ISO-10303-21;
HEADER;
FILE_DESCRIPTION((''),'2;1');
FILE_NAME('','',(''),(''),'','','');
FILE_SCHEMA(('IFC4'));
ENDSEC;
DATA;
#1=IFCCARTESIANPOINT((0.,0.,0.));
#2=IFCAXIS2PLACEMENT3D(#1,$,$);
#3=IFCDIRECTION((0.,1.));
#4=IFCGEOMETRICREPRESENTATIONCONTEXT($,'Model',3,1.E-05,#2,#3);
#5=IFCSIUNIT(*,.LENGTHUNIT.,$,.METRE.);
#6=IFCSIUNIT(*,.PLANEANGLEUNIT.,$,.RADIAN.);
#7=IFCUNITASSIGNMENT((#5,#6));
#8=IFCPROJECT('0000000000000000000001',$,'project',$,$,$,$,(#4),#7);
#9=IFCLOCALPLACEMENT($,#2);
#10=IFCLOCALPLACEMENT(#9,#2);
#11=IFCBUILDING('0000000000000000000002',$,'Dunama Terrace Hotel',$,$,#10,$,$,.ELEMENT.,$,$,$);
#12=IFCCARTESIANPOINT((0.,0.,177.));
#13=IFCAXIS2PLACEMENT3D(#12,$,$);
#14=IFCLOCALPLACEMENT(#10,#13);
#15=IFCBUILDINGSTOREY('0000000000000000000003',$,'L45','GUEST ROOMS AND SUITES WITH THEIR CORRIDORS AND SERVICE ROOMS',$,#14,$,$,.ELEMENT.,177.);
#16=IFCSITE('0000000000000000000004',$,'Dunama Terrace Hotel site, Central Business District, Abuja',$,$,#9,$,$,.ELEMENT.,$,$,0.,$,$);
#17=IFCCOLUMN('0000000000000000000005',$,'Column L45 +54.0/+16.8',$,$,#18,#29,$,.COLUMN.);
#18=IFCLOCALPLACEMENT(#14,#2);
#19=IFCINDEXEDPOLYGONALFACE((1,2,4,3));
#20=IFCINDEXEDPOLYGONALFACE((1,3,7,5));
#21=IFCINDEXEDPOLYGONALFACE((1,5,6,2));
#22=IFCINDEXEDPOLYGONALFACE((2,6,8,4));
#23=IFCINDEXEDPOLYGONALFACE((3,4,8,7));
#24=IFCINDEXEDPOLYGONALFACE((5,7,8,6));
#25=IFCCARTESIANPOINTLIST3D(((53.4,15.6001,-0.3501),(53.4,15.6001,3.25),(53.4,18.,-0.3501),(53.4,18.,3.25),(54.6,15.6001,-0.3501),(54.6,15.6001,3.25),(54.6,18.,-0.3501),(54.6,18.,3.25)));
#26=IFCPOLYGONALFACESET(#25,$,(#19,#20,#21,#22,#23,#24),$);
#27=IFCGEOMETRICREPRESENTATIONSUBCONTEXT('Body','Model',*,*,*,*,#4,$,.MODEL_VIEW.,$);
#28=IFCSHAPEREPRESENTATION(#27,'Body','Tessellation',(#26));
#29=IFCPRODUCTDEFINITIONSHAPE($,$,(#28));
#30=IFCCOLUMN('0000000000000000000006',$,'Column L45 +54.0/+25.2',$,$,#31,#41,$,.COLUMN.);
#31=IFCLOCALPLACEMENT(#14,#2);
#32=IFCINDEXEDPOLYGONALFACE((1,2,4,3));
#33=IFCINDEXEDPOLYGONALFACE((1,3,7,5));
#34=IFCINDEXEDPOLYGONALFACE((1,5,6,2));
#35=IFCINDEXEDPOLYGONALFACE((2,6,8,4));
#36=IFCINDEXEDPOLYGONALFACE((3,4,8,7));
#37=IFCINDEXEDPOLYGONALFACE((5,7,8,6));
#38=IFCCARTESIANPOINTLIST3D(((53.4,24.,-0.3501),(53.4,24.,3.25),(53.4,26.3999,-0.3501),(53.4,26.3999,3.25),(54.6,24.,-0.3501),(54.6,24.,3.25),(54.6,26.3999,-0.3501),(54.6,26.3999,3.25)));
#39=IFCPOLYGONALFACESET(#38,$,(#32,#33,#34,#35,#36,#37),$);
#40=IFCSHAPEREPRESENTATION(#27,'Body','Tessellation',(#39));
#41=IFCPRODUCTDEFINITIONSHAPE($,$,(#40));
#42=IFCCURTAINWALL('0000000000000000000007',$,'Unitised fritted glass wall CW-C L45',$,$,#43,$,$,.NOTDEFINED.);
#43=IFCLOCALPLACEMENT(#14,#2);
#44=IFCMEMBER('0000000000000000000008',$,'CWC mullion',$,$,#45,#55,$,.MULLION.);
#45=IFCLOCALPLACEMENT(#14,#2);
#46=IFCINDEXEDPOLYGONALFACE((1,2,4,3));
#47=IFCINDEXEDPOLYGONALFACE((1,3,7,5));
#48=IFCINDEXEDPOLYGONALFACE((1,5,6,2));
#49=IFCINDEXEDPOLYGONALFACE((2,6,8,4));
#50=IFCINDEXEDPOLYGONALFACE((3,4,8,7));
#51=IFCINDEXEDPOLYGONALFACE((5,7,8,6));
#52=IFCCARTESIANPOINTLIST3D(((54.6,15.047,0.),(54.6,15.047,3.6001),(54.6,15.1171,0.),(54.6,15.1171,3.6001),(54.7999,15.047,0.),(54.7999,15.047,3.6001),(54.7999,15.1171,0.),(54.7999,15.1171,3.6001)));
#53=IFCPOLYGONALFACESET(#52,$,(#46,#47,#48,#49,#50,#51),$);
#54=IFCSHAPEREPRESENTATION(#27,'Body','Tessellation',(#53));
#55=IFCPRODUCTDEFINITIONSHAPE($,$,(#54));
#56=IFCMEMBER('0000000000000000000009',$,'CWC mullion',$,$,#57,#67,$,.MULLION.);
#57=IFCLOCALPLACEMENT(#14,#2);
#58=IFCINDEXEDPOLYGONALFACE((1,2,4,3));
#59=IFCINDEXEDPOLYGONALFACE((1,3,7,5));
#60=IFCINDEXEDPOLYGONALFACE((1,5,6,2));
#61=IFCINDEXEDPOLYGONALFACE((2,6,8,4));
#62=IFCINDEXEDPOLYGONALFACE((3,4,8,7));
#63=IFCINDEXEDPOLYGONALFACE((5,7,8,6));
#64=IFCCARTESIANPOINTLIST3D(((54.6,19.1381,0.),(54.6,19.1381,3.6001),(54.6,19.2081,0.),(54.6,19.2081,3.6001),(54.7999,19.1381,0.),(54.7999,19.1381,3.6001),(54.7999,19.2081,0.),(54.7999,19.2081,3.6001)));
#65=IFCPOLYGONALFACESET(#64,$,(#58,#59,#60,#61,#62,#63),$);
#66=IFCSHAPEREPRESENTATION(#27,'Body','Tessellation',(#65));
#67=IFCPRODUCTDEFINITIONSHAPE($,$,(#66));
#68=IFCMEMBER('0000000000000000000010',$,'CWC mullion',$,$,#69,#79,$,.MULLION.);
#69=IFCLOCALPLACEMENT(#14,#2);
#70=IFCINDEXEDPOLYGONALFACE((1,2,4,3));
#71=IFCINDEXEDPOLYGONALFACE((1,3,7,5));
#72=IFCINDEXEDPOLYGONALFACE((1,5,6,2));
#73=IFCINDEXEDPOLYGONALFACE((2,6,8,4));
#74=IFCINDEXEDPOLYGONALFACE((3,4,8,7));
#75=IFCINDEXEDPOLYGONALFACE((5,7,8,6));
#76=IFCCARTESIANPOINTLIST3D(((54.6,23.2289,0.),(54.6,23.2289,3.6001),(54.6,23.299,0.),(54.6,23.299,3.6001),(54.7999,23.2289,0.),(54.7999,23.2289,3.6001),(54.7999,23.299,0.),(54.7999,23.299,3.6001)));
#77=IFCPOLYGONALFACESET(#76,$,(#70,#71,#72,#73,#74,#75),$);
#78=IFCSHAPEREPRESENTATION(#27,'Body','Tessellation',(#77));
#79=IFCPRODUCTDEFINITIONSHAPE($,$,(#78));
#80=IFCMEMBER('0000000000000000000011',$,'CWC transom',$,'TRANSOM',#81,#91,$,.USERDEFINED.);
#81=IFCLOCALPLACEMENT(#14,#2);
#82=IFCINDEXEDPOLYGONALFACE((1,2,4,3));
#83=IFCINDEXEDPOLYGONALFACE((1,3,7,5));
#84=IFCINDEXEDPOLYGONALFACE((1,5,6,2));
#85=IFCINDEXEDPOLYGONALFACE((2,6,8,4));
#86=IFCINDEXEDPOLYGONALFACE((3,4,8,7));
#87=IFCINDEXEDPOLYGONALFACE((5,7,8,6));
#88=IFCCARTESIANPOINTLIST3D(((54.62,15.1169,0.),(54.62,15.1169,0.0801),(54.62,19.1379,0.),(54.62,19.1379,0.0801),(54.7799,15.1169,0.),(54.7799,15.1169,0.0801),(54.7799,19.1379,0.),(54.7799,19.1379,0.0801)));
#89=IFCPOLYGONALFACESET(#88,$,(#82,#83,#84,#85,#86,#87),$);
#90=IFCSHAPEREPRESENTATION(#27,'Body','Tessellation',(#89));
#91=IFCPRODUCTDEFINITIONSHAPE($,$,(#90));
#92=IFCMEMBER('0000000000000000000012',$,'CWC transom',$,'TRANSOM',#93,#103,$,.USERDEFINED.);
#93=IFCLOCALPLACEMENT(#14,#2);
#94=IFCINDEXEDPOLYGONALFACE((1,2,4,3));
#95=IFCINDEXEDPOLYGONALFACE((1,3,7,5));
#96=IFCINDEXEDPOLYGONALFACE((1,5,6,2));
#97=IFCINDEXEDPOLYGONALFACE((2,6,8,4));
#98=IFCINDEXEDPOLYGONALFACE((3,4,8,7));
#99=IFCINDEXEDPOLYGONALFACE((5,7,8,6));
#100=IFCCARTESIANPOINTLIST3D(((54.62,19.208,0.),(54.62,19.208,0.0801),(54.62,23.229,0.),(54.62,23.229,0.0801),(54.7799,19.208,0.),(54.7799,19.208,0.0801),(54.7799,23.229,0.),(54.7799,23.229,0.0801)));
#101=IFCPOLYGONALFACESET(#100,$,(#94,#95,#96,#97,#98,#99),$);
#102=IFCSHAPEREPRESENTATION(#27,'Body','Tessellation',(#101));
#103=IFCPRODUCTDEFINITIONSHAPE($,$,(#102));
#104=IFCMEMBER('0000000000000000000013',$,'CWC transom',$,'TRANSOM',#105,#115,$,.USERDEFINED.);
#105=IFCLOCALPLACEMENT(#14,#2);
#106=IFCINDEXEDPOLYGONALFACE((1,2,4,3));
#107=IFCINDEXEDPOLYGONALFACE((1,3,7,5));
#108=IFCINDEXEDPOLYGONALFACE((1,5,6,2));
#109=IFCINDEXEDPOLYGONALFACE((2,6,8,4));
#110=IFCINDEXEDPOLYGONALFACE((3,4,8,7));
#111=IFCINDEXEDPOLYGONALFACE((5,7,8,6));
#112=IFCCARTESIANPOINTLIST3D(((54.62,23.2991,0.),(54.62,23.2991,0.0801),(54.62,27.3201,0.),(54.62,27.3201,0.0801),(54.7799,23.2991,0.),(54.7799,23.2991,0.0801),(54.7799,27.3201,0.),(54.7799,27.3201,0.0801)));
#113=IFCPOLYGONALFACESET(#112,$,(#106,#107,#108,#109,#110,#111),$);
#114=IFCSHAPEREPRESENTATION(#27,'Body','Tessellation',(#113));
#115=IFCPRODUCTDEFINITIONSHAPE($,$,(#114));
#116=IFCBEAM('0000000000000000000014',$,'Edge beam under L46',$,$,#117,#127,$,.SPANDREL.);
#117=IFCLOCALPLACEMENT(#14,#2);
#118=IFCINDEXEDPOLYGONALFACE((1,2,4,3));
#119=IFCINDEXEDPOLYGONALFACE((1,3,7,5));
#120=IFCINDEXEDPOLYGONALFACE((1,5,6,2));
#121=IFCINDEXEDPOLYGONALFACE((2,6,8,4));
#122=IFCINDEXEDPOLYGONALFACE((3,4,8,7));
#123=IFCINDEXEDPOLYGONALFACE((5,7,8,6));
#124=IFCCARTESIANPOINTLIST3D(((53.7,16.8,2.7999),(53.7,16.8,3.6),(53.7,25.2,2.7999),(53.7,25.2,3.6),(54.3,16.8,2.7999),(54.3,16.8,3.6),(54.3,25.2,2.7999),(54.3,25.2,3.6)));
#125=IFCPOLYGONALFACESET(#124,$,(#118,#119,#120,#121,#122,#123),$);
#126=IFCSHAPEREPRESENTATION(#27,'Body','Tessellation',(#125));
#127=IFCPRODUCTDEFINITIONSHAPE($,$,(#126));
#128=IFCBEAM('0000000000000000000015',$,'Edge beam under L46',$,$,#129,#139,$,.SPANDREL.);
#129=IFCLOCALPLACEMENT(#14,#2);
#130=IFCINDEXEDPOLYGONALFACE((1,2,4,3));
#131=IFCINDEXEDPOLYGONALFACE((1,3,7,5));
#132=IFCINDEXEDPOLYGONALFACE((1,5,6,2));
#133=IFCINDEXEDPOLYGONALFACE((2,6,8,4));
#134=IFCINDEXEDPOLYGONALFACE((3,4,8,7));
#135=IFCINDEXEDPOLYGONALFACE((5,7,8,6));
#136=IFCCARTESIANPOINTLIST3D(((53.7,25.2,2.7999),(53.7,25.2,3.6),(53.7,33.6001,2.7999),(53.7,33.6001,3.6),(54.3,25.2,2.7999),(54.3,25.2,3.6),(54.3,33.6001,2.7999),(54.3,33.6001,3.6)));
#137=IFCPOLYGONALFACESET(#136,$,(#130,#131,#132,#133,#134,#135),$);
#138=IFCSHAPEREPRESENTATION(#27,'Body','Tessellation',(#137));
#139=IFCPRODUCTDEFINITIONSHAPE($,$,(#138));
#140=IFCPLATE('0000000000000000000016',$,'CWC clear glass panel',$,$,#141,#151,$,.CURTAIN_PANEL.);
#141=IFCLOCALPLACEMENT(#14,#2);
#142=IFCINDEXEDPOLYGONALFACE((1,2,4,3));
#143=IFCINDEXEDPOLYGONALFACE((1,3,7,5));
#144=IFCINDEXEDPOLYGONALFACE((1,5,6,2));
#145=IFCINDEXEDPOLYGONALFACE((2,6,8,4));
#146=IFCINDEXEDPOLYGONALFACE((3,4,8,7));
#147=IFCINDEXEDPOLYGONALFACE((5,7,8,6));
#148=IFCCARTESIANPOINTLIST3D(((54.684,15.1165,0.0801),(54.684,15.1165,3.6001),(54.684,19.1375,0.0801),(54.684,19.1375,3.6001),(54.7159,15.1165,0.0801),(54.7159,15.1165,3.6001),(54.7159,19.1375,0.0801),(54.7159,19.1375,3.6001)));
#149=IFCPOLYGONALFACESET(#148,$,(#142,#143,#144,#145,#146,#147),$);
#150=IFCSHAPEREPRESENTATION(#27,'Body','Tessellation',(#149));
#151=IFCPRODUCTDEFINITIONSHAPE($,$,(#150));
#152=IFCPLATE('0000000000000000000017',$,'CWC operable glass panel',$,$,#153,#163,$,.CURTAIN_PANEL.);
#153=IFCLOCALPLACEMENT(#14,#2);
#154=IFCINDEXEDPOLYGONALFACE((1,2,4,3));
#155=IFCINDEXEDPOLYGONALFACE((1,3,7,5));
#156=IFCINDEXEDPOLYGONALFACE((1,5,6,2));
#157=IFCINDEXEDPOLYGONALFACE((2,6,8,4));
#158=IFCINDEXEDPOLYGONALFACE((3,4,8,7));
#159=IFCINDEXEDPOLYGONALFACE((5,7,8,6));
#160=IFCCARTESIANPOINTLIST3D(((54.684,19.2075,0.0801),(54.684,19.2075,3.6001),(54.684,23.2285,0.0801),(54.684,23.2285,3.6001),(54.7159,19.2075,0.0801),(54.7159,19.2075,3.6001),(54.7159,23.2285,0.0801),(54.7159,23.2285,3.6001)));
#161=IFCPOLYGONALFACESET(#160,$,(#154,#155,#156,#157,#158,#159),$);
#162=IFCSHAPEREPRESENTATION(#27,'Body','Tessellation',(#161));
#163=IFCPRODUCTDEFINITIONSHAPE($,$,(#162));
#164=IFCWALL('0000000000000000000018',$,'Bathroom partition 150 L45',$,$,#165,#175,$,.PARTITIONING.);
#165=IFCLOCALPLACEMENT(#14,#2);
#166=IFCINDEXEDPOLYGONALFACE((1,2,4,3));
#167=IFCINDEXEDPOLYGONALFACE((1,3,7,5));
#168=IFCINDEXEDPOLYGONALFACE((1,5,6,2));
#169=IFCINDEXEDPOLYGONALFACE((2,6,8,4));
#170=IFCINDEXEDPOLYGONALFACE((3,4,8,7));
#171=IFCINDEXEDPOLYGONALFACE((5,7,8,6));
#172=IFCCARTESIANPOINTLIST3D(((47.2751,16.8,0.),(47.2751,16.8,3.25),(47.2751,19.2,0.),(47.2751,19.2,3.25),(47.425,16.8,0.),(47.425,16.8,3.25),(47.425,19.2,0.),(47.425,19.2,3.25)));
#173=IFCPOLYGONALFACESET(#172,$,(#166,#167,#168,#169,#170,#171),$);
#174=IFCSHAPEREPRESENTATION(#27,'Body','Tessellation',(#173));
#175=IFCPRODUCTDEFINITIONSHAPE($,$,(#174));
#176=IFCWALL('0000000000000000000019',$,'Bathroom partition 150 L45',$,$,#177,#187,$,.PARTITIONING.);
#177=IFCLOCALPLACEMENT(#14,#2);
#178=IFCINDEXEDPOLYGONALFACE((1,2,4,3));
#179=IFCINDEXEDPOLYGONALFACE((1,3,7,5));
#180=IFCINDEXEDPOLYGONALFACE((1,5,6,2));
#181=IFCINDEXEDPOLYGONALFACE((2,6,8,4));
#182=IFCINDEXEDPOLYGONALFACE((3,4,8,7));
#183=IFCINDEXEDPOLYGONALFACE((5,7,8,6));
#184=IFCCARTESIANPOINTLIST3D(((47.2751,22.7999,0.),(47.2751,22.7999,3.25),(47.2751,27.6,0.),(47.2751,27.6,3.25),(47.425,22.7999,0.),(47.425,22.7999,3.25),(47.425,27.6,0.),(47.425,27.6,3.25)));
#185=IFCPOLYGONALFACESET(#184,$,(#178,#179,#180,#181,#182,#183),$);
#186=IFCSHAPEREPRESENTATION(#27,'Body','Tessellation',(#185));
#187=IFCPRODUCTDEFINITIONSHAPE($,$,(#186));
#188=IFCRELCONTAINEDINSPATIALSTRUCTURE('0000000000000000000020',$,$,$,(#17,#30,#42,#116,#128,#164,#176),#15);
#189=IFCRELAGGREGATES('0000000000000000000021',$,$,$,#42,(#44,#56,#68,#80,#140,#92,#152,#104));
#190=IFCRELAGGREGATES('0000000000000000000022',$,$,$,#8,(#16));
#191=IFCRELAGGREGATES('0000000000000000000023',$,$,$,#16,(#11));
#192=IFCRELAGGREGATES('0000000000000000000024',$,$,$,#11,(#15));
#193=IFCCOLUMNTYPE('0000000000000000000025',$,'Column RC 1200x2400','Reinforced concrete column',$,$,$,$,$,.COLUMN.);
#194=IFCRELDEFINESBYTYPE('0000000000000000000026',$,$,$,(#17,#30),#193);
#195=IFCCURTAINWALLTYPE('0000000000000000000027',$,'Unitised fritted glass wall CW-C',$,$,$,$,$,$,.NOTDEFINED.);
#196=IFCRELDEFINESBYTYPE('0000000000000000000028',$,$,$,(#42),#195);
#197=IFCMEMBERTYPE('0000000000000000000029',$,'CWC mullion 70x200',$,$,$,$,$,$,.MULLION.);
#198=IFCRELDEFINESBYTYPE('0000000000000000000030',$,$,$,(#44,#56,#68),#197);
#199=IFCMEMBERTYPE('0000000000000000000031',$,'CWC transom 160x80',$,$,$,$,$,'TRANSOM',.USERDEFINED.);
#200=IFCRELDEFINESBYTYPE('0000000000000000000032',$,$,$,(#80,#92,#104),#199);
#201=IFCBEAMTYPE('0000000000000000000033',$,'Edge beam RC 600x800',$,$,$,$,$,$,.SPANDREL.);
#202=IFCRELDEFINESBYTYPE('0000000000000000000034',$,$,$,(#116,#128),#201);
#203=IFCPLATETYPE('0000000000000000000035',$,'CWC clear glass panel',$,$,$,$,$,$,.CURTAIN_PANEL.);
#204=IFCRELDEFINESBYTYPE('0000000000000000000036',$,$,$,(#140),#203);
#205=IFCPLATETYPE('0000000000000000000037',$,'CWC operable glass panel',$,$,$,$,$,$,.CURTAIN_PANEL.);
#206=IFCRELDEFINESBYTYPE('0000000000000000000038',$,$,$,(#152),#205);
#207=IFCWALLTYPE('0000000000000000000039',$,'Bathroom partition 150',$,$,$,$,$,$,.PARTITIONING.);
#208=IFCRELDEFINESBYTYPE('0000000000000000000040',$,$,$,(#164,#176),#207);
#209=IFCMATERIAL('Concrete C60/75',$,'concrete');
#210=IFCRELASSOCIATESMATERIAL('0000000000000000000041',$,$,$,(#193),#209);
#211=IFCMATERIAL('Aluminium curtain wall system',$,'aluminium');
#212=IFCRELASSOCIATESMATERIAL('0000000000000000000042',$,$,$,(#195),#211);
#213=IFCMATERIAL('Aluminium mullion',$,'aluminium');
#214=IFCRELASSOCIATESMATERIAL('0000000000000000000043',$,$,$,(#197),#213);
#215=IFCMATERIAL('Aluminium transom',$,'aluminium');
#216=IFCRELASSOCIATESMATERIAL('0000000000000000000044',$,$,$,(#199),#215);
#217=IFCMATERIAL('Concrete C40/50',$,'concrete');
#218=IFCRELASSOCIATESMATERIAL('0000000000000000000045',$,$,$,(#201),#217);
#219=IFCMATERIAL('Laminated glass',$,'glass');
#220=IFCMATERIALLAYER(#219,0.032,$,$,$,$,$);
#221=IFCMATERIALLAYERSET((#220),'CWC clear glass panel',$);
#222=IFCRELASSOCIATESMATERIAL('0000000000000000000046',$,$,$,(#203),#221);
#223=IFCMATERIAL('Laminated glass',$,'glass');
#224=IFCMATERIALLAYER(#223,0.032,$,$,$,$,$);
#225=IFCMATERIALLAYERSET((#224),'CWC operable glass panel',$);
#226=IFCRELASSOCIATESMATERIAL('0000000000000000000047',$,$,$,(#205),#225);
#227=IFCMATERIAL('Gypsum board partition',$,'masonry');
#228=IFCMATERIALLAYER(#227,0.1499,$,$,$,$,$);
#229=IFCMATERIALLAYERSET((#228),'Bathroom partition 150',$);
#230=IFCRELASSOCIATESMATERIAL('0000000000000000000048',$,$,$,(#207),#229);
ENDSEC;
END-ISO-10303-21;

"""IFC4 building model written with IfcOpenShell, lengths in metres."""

from ifc_helpers import new_model, si_unit, direction, frame, frame_2d, origin, origin_2d, place, context, subcontext, project, spatial, rectangle, extrude, material, layer, layer_set, material_profile, profile_set, type_object, element, aggregate, save


model = new_model("IFC4")

# Units and contexts
model_context = context("Model", 3, precision=1e-05, world=origin(), true_north=direction((0.0, 1.0)))
body_context = subcontext(model_context, "Body", "Model", "MODEL_VIEW")
ifc_project = project(units=[si_unit("LENGTHUNIT", "METRE"), si_unit("PLANEANGLEUNIT", "RADIAN")], contexts=[model_context])

# Site, building, storey
site_placement = place(None, origin())
site = spatial("IfcSite", under=ifc_project, at=site_placement, Name="Dunama Terrace Hotel site, Central Business District, Abuja", CompositionType="ELEMENT", RefElevation=0.0)
building_placement = place(site_placement, origin())
building = spatial("IfcBuilding", under=site, at=building_placement, Name="Dunama Terrace Hotel", CompositionType="ELEMENT")
storey_placement = place(building_placement, frame((0.0, 0.0, 177.0)))
storey = spatial("IfcBuildingStorey", under=building, at=storey_placement, Name="L45", Description="GUEST ROOMS AND SUITES WITH THEIR CORRIDORS AND SERVICE ROOMS", CompositionType="ELEMENT", Elevation=177.0)

# Columns
ifc_material_1 = material(Name="Concrete C60/75", Category="concrete")
ifc_material_profile_1 = material_profile(ifc_material_1, rectangle(XDim=1.2, YDim=2.3999, at=origin_2d()), Name="RC 1200x2400")
ifc_profile_set_1 = profile_set([ifc_material_profile_1], Name="Concrete C60/75")
column_type = type_object("IfcColumnType", Name="Column RC 1200x2400", Description="Reinforced concrete column", PredefinedType="COLUMN", material=ifc_profile_set_1)
for number, where, z_axis, x_axis, name in (
    (1, (54.0, 16.8, -0.3501), (0.0, 0.0, 1.0), (1.0, 0.0, 0.0), "Column L45 +54.0/+16.8"),
    (2, (54.0, 25.2, -0.3501), (0.0, 0.0, 1.0), (1.0, 0.0, 0.0), "Column L45 +54.0/+25.2"),
):
    element("IfcColumn", number, at=place(storey_placement, frame(where, z_axis=z_axis, x_axis=x_axis)), inside=storey, type_object=column_type, Name=name, PredefinedType="COLUMN", context=body_context, shape_type="SweptSolid", body=[
        extrude(rectangle(XDim=1.2, YDim=2.3999, at=origin_2d()), origin(), (0.0, 0.0, 1.0), 3.6001),
    ])

# Curtain wall, members
ifc_material_2 = material(Name="Aluminium curtain wall system", Category="aluminium")
curtain_wall_type = type_object("IfcCurtainWallType", Name="Unitised fritted glass wall CW-C", PredefinedType="NOTDEFINED", material=ifc_material_2)
curtain_wall_placement = place(storey_placement, origin())
curtain_wall = element("IfcCurtainWall", 3, at=curtain_wall_placement, inside=storey, type_object=curtain_wall_type, Name="Unitised fritted glass wall CW-C L45", PredefinedType="NOTDEFINED")
ifc_material_3 = material(Name="Aluminium mullion", Category="aluminium")
ifc_material_profile_2 = material_profile(ifc_material_3, rectangle(XDim=0.0701, YDim=0.2, at=origin_2d()), Name="CWC MULLION 70X200")
ifc_profile_set_2 = profile_set([ifc_material_profile_2], Name="Aluminium mullion")
member_type_1 = type_object("IfcMemberType", Name="CWC mullion 70x200", PredefinedType="MULLION", material=ifc_profile_set_2)
member_1_placement = place(storey_placement, frame((54.7, 15.082, 0.0), z_axis=(0.0, 0.0, 1.0), x_axis=(0.0, 1.0, 0.0)))
member_1 = element("IfcMember", 4, at=member_1_placement, type_object=member_type_1, Name="CWC mullion", PredefinedType="MULLION", context=body_context, shape_type="SweptSolid", body=[
    extrude(rectangle(XDim=0.0701, YDim=0.2, at=origin_2d()), origin(), (0.0, 0.0, 1.0), 3.6001),
])
member_2_placement = place(storey_placement, frame((54.7, 19.1731, 0.0), z_axis=(0.0, 0.0, 1.0), x_axis=(0.0, 1.0, 0.0)))
member_2 = element("IfcMember", 5, at=member_2_placement, type_object=member_type_1, Name="CWC mullion", PredefinedType="MULLION", context=body_context, shape_type="SweptSolid", body=[
    extrude(rectangle(XDim=0.0701, YDim=0.2, at=origin_2d()), origin(), (0.0, 0.0, 1.0), 3.6001),
])
member_3_placement = place(storey_placement, frame((54.7, 23.2639, 0.0), z_axis=(0.0, 0.0, 1.0), x_axis=(0.0, 1.0, 0.0)))
member_3 = element("IfcMember", 6, at=member_3_placement, type_object=member_type_1, Name="CWC mullion", PredefinedType="MULLION", context=body_context, shape_type="SweptSolid", body=[
    extrude(rectangle(XDim=0.0701, YDim=0.2, at=origin_2d()), origin(), (0.0, 0.0, 1.0), 3.6001),
])
ifc_material_4 = material(Name="Aluminium transom", Category="aluminium")
ifc_material_profile_3 = material_profile(ifc_material_4, rectangle(XDim=0.1599, YDim=0.0801, at=origin_2d()), Name="CWC TRANSOM 160X80")
ifc_profile_set_3 = profile_set([ifc_material_profile_3], Name="Aluminium transom")
member_type_2 = type_object("IfcMemberType", Name="CWC transom 160x80", ElementType="TRANSOM", PredefinedType="USERDEFINED", material=ifc_profile_set_3)
member_4_placement = place(storey_placement, frame((54.7, 15.1169, 0.04), z_axis=(0.0, 1.0, 0.0), x_axis=(-1.0, 0.0, 0.0)))
member_4 = element("IfcMember", 7, at=member_4_placement, type_object=member_type_2, Name="CWC transom", ObjectType="TRANSOM", PredefinedType="USERDEFINED", context=body_context, shape_type="SweptSolid", body=[
    extrude(rectangle(XDim=0.1599, YDim=0.0801, at=origin_2d()), origin(), (0.0, 0.0, 1.0), 4.021),
])
member_5_placement = place(storey_placement, frame((54.7, 19.208, 0.04), z_axis=(0.0, 1.0, 0.0), x_axis=(-1.0, 0.0, 0.0)))
member_5 = element("IfcMember", 8, at=member_5_placement, type_object=member_type_2, Name="CWC transom", ObjectType="TRANSOM", PredefinedType="USERDEFINED", context=body_context, shape_type="SweptSolid", body=[
    extrude(rectangle(XDim=0.1599, YDim=0.0801, at=origin_2d()), origin(), (0.0, 0.0, 1.0), 4.021),
])
member_6_placement = place(storey_placement, frame((54.7, 23.2991, 0.04), z_axis=(0.0, 1.0, 0.0), x_axis=(-1.0, 0.0, 0.0)))
member_6 = element("IfcMember", 9, at=member_6_placement, type_object=member_type_2, Name="CWC transom", ObjectType="TRANSOM", PredefinedType="USERDEFINED", context=body_context, shape_type="SweptSolid", body=[
    extrude(rectangle(XDim=0.1599, YDim=0.0801, at=origin_2d()), origin(), (0.0, 0.0, 1.0), 4.021),
])

# Beams
ifc_material_5 = material(Name="Concrete C40/50", Category="concrete")
ifc_material_profile_4 = material_profile(ifc_material_5, rectangle(XDim=0.6001, YDim=0.8, at=origin_2d()), Name="RC 600x800")
ifc_profile_set_4 = profile_set([ifc_material_profile_4], Name="Concrete C40/50")
beam_type = type_object("IfcBeamType", Name="Edge beam RC 600x800", PredefinedType="SPANDREL", material=ifc_profile_set_4)
beam_1_placement = place(storey_placement, frame((54.0, 16.8, 3.2), z_axis=(0.0, 1.0, 0.0), x_axis=(-1.0, 0.0, 0.0)))
element("IfcBeam", 10, at=beam_1_placement, inside=storey, type_object=beam_type, Name="Edge beam under L46", PredefinedType="SPANDREL", context=body_context, shape_type="SweptSolid", body=[
    extrude(rectangle(XDim=0.6001, YDim=0.8, at=origin_2d()), origin(), (0.0, 0.0, 1.0), 8.3999),
])
beam_2_placement = place(storey_placement, frame((54.0, 25.2, 3.2), z_axis=(0.0, 1.0, 0.0), x_axis=(-1.0, 0.0, 0.0)))
element("IfcBeam", 11, at=beam_2_placement, inside=storey, type_object=beam_type, Name="Edge beam under L46", PredefinedType="SPANDREL", context=body_context, shape_type="SweptSolid", body=[
    extrude(rectangle(XDim=0.6001, YDim=0.8, at=origin_2d()), origin(), (0.0, 0.0, 1.0), 8.4001),
])

# Plates
ifc_material_6 = material(Name="Laminated glass", Category="glass")
ifc_layer_1 = layer(ifc_material_6, 0.032)
ifc_layer_set_1 = layer_set([ifc_layer_1], Name="CWC clear glass panel")
plate_type_1 = type_object("IfcPlateType", Name="CWC clear glass panel", PredefinedType="CURTAIN_PANEL", material=ifc_layer_set_1)
plate_1_placement = place(storey_placement, frame((54.7, 17.127, 0.0801), z_axis=(0.0, 0.0, 1.0), x_axis=(0.0, 1.0, 0.0)))
plate_1 = element("IfcPlate", 12, at=plate_1_placement, type_object=plate_type_1, Name="CWC clear glass panel", PredefinedType="CURTAIN_PANEL", context=body_context, shape_type="SweptSolid", body=[
    extrude(rectangle(XDim=4.021, YDim=0.032, at=origin_2d()), origin(), (0.0, 0.0, 1.0), 3.52),
])
ifc_material_7 = material(Name="Laminated glass", Category="glass")
ifc_layer_2 = layer(ifc_material_7, 0.032)
ifc_layer_set_2 = layer_set([ifc_layer_2], Name="CWC operable glass panel")
plate_type_2 = type_object("IfcPlateType", Name="CWC operable glass panel", PredefinedType="CURTAIN_PANEL", material=ifc_layer_set_2)
plate_2_placement = place(storey_placement, frame((54.7, 21.218, 0.0801), z_axis=(0.0, 0.0, 1.0), x_axis=(0.0, 1.0, 0.0)))
plate_2 = element("IfcPlate", 13, at=plate_2_placement, type_object=plate_type_2, Name="CWC operable glass panel", PredefinedType="CURTAIN_PANEL", context=body_context, shape_type="SweptSolid", body=[
    extrude(rectangle(XDim=4.021, YDim=0.032, at=origin_2d()), origin(), (0.0, 0.0, 1.0), 3.52),
])
aggregate(curtain_wall, [member_1, member_2, member_3, member_4, plate_1, member_5, plate_2, member_6])

# Walls
ifc_material_8 = material(Name="Gypsum board partition", Category="masonry")
ifc_layer_3 = layer(ifc_material_8, 0.1499)
ifc_layer_set_3 = layer_set([ifc_layer_3], Name="Bathroom partition 150")
wall_type_1 = type_object("IfcWallType", Name="Bathroom partition 150", PredefinedType="PARTITIONING", material=ifc_layer_set_3)
wall_1_placement = place(storey_placement, frame((47.3501, 16.8, 0.0), z_axis=(0.0, 0.0, 1.0), x_axis=(0.0, 1.0, 0.0)))
element("IfcWall", 14, at=wall_1_placement, inside=storey, type_object=wall_type_1, Name="Bathroom partition 150 L45", PredefinedType="PARTITIONING", context=body_context, shape_type="SweptSolid", body=[
    extrude(rectangle(XDim=2.3999, YDim=0.1499, at=frame_2d((1.2, 0.0))), origin(), (0.0, 0.0, 1.0), 3.25),
])
wall_2_placement = place(storey_placement, frame((47.3501, 22.8, 0.0), z_axis=(0.0, 0.0, 1.0), x_axis=(0.0, 1.0, 0.0)))
element("IfcWall", 15, at=wall_2_placement, inside=storey, type_object=wall_type_1, Name="Bathroom partition 150 L45", PredefinedType="PARTITIONING", context=body_context, shape_type="SweptSolid", body=[
    extrude(rectangle(XDim=4.8, YDim=0.1499, at=frame_2d((2.3999, 0.0))), origin(), (0.0, 0.0, 1.0), 3.25),
])

save(model, "model.ifc")
